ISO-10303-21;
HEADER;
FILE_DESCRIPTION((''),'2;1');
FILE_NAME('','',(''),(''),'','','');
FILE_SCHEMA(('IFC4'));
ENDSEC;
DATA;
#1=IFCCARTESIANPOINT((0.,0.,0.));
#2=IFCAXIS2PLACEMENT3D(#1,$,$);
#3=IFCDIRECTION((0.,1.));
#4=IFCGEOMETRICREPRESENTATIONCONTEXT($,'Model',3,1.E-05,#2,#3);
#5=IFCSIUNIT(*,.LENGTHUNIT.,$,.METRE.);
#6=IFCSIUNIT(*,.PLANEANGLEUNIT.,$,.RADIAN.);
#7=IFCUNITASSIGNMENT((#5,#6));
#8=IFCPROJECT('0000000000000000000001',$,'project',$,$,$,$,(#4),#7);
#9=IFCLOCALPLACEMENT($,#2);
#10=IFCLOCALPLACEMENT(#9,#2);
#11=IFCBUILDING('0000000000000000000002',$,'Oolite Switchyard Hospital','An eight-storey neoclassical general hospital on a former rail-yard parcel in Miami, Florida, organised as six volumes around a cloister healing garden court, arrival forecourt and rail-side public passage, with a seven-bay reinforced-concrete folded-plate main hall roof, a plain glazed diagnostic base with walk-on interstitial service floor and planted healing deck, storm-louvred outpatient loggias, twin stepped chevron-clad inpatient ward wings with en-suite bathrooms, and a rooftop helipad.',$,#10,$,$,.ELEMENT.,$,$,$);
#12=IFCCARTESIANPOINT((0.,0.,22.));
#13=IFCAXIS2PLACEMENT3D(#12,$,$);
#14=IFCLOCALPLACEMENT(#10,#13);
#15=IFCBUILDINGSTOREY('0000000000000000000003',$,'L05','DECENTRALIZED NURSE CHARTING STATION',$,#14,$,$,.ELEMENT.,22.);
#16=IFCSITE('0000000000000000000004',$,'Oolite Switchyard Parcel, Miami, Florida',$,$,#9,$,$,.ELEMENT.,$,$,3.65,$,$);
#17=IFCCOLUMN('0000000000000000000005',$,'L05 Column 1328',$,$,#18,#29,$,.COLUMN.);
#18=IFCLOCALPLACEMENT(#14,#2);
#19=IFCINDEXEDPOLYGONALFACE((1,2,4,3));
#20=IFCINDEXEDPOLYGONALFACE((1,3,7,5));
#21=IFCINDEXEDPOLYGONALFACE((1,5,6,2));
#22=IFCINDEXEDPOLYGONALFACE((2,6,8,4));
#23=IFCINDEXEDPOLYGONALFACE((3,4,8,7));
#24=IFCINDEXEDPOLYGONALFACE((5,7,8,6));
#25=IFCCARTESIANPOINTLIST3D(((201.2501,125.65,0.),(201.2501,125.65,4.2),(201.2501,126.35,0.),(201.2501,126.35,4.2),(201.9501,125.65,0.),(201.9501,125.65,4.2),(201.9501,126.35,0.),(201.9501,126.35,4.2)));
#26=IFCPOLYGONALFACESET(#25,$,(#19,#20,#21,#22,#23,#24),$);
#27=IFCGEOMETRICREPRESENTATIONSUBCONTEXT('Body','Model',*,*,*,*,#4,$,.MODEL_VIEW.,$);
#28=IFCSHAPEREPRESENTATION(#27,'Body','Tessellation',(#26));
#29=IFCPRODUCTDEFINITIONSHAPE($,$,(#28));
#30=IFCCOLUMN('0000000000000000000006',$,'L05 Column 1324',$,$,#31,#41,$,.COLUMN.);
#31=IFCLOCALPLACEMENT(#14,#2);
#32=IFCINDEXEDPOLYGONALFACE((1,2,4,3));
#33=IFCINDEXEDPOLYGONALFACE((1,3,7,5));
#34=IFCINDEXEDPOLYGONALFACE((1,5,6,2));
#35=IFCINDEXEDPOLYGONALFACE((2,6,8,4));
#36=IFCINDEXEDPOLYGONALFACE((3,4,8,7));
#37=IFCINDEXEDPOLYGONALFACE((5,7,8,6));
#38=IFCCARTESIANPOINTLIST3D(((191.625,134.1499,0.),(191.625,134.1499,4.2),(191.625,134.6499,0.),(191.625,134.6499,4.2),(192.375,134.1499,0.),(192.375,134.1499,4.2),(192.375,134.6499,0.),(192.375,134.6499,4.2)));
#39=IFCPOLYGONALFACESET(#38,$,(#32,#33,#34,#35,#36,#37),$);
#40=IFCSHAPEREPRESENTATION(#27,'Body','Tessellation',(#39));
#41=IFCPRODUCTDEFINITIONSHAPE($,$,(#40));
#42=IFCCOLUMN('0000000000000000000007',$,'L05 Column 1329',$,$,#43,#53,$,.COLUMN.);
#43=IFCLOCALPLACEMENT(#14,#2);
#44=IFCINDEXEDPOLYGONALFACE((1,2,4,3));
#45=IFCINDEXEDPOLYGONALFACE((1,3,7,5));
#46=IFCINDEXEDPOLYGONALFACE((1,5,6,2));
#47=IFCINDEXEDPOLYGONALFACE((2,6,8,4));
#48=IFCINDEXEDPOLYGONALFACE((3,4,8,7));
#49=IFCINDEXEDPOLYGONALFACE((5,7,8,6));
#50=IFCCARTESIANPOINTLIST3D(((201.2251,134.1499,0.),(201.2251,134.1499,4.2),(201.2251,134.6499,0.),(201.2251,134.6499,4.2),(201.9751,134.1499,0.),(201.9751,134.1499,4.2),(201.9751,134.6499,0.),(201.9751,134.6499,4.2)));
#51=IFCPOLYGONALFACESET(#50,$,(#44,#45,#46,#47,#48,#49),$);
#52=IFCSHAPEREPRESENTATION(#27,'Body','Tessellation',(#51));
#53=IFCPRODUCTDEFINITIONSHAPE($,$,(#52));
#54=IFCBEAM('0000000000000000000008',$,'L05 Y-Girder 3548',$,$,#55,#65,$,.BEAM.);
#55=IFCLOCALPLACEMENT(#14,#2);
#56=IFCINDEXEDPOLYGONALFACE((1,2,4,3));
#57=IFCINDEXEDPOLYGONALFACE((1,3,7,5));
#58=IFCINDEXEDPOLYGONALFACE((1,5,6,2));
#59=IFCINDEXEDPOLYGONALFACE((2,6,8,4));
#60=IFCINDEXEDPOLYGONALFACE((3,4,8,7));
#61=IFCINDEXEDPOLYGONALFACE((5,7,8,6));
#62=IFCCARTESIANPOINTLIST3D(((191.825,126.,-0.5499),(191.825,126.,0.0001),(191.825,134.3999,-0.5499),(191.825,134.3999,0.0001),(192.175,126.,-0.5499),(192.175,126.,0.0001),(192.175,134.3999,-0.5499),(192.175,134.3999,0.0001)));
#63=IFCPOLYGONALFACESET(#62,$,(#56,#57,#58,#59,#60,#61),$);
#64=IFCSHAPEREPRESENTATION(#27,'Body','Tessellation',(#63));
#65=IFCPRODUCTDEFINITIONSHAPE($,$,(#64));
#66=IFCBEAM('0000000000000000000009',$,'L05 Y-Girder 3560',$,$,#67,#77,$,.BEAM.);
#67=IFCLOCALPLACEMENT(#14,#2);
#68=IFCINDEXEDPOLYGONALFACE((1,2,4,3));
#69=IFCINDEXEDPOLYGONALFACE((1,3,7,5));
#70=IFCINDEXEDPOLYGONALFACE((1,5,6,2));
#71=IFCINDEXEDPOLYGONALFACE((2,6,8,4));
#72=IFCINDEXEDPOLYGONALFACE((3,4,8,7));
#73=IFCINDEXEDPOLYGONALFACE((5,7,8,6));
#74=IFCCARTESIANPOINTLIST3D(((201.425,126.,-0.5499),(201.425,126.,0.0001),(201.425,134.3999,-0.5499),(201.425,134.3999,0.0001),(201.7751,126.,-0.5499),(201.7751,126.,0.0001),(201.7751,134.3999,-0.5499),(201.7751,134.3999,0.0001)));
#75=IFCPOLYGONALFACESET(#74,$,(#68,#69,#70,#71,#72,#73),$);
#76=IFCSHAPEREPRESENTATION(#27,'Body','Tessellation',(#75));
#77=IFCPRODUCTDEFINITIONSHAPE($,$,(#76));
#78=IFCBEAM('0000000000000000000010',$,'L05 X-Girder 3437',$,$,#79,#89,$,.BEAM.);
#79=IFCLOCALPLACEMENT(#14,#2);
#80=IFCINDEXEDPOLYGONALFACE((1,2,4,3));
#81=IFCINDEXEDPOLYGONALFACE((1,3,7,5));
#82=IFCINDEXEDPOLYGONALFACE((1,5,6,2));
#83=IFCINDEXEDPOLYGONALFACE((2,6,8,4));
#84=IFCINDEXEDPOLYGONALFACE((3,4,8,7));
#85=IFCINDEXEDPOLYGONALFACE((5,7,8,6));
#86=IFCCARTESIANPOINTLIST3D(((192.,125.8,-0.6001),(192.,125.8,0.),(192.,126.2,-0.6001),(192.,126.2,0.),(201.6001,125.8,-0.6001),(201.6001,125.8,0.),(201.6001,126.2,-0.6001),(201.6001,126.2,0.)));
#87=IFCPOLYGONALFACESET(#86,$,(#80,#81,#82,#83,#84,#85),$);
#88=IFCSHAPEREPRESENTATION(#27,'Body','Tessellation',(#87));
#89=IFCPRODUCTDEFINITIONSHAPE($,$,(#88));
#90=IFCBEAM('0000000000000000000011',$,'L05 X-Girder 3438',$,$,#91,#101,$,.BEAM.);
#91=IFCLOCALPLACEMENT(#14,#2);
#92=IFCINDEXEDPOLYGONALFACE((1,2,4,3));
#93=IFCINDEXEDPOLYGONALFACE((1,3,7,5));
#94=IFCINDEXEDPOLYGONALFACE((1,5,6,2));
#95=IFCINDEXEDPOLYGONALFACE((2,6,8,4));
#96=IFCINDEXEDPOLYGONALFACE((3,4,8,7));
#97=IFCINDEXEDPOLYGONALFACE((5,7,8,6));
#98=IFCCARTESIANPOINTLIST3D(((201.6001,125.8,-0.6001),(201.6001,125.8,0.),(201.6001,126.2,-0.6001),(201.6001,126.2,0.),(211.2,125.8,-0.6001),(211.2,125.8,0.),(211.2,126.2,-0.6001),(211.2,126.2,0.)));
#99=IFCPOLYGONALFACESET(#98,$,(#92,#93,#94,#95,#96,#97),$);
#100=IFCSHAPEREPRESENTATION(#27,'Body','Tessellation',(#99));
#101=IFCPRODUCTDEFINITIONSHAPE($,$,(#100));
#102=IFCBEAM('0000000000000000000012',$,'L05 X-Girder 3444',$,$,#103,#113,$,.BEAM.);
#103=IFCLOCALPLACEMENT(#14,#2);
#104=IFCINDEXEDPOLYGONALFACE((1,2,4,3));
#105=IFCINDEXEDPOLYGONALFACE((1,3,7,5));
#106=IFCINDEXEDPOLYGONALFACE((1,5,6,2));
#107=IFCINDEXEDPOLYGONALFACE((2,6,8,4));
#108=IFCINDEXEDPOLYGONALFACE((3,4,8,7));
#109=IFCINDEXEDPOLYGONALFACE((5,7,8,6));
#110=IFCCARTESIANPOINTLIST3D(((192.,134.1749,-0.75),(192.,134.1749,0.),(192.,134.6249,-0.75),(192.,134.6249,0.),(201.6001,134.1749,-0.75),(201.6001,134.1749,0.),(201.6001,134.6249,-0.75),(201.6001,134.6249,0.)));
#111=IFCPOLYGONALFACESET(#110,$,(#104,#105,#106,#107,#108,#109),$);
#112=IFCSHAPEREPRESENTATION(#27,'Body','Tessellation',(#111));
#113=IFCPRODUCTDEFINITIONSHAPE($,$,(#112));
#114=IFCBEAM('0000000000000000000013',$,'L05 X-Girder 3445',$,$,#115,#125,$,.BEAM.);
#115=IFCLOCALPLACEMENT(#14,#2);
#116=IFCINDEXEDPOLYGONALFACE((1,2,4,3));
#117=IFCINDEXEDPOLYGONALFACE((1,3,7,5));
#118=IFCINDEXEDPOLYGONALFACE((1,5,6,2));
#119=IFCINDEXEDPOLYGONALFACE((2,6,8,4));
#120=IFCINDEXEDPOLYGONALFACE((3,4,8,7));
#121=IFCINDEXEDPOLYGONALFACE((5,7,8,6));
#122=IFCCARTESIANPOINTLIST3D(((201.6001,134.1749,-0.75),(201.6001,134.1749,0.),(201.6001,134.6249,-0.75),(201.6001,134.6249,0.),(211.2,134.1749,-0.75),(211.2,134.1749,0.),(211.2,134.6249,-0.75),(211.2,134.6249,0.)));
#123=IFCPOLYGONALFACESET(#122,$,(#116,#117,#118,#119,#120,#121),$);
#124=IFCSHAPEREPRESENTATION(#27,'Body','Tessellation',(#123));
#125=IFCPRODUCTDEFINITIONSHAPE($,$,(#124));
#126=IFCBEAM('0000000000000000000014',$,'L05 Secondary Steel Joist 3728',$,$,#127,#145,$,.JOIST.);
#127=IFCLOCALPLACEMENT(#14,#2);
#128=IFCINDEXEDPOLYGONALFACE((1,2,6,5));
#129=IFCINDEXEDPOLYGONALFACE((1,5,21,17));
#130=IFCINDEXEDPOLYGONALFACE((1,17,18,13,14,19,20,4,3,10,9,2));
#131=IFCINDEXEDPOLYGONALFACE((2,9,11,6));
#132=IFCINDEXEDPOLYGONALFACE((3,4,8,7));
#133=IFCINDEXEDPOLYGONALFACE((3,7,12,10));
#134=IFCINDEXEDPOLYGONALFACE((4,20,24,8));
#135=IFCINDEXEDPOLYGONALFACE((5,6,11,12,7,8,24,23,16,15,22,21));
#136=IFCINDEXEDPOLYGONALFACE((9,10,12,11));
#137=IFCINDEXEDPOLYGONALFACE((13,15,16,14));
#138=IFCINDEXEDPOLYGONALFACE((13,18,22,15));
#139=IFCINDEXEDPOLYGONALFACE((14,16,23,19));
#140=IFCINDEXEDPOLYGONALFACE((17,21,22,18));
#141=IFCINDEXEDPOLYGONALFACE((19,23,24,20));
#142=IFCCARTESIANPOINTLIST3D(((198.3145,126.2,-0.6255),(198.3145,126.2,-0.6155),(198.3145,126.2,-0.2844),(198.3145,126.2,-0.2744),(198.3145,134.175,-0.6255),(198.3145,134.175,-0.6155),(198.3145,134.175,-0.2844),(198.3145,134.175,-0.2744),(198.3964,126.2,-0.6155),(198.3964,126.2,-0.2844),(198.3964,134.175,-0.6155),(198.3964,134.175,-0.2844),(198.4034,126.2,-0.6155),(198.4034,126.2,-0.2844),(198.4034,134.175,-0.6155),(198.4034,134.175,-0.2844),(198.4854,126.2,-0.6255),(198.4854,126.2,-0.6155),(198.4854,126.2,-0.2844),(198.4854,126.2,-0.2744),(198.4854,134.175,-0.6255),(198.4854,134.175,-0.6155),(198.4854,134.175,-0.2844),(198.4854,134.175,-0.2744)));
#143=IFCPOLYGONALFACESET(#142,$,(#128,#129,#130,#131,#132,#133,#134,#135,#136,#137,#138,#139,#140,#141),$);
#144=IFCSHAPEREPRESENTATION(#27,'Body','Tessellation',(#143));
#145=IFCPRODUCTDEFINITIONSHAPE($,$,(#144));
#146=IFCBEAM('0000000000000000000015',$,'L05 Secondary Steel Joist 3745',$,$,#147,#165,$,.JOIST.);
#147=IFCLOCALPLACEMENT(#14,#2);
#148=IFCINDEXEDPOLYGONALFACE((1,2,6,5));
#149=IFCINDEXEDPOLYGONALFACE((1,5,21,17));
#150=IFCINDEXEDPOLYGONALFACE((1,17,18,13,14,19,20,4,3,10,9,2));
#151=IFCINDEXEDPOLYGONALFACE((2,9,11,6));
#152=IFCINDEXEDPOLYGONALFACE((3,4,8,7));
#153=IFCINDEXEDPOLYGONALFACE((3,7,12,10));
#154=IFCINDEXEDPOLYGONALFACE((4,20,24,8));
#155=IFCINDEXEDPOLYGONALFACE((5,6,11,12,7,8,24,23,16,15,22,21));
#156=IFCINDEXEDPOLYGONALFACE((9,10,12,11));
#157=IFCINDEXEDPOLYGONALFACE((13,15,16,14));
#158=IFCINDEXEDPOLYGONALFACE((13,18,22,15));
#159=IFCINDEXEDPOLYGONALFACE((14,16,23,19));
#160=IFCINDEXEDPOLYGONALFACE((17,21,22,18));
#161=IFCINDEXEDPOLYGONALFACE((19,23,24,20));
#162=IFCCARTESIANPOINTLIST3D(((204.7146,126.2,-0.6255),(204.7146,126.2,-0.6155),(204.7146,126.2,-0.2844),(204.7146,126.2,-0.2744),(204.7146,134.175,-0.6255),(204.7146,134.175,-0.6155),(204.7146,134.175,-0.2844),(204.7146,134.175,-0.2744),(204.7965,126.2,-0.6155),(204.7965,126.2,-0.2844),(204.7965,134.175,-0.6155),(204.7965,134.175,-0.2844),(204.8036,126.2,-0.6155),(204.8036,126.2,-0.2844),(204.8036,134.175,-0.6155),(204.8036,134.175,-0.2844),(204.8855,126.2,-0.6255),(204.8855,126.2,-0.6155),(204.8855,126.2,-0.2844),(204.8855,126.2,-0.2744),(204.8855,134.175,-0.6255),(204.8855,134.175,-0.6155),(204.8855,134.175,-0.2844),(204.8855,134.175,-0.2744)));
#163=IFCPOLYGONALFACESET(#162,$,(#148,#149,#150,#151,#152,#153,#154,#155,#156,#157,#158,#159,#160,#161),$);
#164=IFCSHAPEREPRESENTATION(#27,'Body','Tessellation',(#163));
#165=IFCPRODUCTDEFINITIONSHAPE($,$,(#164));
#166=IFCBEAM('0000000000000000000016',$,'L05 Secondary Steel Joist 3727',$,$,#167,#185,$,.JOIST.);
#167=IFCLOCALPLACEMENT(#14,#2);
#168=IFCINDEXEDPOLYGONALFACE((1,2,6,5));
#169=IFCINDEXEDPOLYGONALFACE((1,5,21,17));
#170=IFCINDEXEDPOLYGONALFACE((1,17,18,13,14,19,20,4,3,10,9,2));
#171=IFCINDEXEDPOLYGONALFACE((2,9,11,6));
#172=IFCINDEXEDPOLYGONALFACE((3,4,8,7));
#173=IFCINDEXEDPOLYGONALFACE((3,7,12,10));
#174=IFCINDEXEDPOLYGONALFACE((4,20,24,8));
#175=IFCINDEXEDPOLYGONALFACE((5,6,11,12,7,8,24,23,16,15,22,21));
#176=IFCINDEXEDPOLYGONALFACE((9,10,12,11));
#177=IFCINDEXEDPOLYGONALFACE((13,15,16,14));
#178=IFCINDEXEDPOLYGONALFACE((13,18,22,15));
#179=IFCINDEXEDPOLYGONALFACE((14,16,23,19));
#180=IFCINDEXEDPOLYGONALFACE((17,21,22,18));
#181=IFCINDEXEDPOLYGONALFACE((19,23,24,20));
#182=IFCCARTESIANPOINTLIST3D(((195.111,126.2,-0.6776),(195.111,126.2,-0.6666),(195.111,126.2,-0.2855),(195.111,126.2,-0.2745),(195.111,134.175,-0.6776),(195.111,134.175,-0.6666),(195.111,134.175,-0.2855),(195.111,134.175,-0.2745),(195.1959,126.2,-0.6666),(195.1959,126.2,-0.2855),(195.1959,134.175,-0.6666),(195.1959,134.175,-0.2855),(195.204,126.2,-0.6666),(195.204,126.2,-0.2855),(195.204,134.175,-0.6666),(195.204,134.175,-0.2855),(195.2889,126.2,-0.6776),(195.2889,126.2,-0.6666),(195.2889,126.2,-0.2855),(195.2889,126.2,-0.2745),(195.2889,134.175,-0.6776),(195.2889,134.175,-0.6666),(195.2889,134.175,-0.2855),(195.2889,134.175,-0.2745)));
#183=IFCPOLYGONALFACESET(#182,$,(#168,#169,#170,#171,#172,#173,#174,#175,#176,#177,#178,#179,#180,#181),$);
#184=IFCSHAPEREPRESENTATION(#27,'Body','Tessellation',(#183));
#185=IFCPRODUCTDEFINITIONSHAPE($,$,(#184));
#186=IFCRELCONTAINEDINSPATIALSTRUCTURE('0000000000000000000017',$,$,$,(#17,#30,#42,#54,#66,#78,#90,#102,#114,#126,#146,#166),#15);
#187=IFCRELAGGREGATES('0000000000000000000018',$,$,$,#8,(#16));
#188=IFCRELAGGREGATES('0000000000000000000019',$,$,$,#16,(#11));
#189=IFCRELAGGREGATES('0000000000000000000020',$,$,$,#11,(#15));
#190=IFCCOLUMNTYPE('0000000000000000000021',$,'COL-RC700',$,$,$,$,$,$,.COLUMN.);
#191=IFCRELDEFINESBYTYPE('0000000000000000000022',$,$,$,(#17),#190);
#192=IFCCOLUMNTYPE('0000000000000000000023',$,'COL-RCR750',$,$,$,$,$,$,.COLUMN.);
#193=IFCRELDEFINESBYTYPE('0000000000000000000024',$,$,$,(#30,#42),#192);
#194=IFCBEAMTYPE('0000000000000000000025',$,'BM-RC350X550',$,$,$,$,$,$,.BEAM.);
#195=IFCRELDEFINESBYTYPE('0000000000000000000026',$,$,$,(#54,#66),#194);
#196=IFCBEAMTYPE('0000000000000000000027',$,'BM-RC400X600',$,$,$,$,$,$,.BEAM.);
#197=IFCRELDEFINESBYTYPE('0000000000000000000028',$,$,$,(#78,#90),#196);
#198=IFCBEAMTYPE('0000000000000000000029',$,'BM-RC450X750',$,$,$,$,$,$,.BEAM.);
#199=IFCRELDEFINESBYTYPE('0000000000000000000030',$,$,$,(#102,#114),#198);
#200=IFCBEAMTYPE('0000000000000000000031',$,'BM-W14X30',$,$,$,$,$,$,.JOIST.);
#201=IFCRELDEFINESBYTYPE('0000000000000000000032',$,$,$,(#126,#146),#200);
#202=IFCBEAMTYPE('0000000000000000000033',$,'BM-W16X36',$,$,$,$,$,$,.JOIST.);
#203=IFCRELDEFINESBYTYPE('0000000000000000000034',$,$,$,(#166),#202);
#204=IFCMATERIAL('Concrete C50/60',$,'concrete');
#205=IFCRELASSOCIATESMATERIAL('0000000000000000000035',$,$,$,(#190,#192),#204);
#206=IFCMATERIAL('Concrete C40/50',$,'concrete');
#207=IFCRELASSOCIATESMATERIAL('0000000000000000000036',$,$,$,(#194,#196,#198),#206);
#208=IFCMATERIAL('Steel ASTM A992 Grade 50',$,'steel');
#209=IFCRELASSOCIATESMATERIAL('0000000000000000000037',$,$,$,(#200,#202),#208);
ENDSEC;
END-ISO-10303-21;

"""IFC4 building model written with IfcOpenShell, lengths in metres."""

from ifc_helpers import new_model, si_unit, direction, frame, origin, origin_2d, place, context, subcontext, project, spatial, rectangle, i_section, extrude, material, material_profile, profile_set, type_object, element, save


model = new_model("IFC4")

# Units and contexts
model_context = context("Model", 3, precision=1e-05, world=origin(), true_north=direction((0.0, 1.0)))
body_context = subcontext(model_context, "Body", "Model", "MODEL_VIEW")
ifc_project = project(units=[si_unit("LENGTHUNIT", "METRE"), si_unit("PLANEANGLEUNIT", "RADIAN")], contexts=[model_context])

# Site, building, storey
site_placement = place(None, origin())
site = spatial("IfcSite", under=ifc_project, at=site_placement, Name="Oolite Switchyard Parcel, Miami, Florida", CompositionType="ELEMENT", RefElevation=3.65)
building_placement = place(site_placement, origin())
building = spatial("IfcBuilding", under=site, at=building_placement, Name="Oolite Switchyard Hospital", Description="An eight-storey neoclassical general hospital on a former rail-yard parcel in Miami, Florida, organised as six volumes around a cloister healing garden court, arrival forecourt and rail-side public passage, with a seven-bay reinforced-concrete folded-plate main hall roof, a plain glazed diagnostic base with walk-on interstitial service floor and planted healing deck, storm-louvred outpatient loggias, twin stepped chevron-clad inpatient ward wings with en-suite bathrooms, and a rooftop helipad.", CompositionType="ELEMENT")
storey_placement = place(building_placement, frame((0.0, 0.0, 22.0)))
storey = spatial("IfcBuildingStorey", under=building, at=storey_placement, Name="L05", Description="DECENTRALIZED NURSE CHARTING STATION", CompositionType="ELEMENT", Elevation=22.0)

# Columns
ifc_material_1 = material(Name="Concrete C50/60", Category="concrete")
ifc_material_profile_1 = material_profile(ifc_material_1, rectangle(XDim=0.7, YDim=0.7, at=origin_2d()), Name="RC700X700")
ifc_profile_set_1 = profile_set([ifc_material_profile_1], Name="Concrete C50/60")
column_type_1 = type_object("IfcColumnType", Name="COL-RC700", PredefinedType="COLUMN", material=ifc_profile_set_1)
column_placement = place(storey_placement, frame((201.6001, 126.0, 0.0), z_axis=(0.0, 0.0, 1.0), x_axis=(1.0, 0.0, 0.0)))
element("IfcColumn", 1, at=column_placement, inside=storey, type_object=column_type_1, Name="L05 Column 1328", PredefinedType="COLUMN", context=body_context, shape_type="SweptSolid", body=[
    extrude(rectangle(XDim=0.7, YDim=0.7, at=origin_2d()), origin(), (0.0, 0.0, 1.0), 4.2),
])
ifc_material_profile_2 = material_profile(ifc_material_1, rectangle(XDim=0.75, YDim=0.5, at=origin_2d()), Name="RC750X500")
ifc_profile_set_2 = profile_set([ifc_material_profile_2], Name="Concrete C50/60")
column_type_2 = type_object("IfcColumnType", Name="COL-RCR750", PredefinedType="COLUMN", material=ifc_profile_set_2)
for number, where, z_axis, x_axis, name in (
    (2, (192.0, 134.3999, 0.0), (0.0, 0.0, 1.0), (1.0, 0.0, 0.0), "L05 Column 1324"),
    (3, (201.6001, 134.3999, 0.0), (0.0, 0.0, 1.0), (1.0, 0.0, 0.0), "L05 Column 1329"),
):
    element("IfcColumn", number, at=place(storey_placement, frame(where, z_axis=z_axis, x_axis=x_axis)), inside=storey, type_object=column_type_2, Name=name, PredefinedType="COLUMN", context=body_context, shape_type="SweptSolid", body=[
        extrude(rectangle(XDim=0.75, YDim=0.5, at=origin_2d()), origin(), (0.0, 0.0, 1.0), 4.2),
    ])

# Beams
ifc_material_2 = material(Name="Concrete C40/50", Category="concrete")
ifc_material_profile_3 = material_profile(ifc_material_2, rectangle(XDim=0.3501, YDim=0.55, at=origin_2d()), Name="RCB350X550")
ifc_profile_set_3 = profile_set([ifc_material_profile_3], Name="Concrete C40/50")
beam_type_1 = type_object("IfcBeamType", Name="BM-RC350X550", PredefinedType="BEAM", material=ifc_profile_set_3)
for number, where, z_axis, x_axis, name in (
    (4, (192.0, 126.0, -0.2749), (0.0, 1.0, 0.0), (-1.0, 0.0, 0.0), "L05 Y-Girder 3548"),
    (5, (201.6001, 126.0, -0.2749), (0.0, 1.0, 0.0), (-1.0, 0.0, 0.0), "L05 Y-Girder 3560"),
):
    element("IfcBeam", number, at=place(storey_placement, frame(where, z_axis=z_axis, x_axis=x_axis)), inside=storey, type_object=beam_type_1, Name=name, PredefinedType="BEAM", context=body_context, shape_type="SweptSolid", body=[
        extrude(rectangle(XDim=0.3501, YDim=0.55, at=origin_2d()), origin(), (0.0, 0.0, 1.0), 8.3999),
    ])
ifc_material_profile_4 = material_profile(ifc_material_2, rectangle(XDim=0.3999, YDim=0.6001, at=origin_2d()), Name="RCB400X600")
ifc_profile_set_4 = profile_set([ifc_material_profile_4], Name="Concrete C40/50")
beam_type_2 = type_object("IfcBeamType", Name="BM-RC400X600", PredefinedType="BEAM", material=ifc_profile_set_4)
beam_1_placement = place(storey_placement, frame((192.0, 126.0, -0.3), z_axis=(1.0, 0.0, 0.0), x_axis=(0.0, 1.0, 0.0)))
element("IfcBeam", 6, at=beam_1_placement, inside=storey, type_object=beam_type_2, Name="L05 X-Girder 3437", PredefinedType="BEAM", context=body_context, shape_type="SweptSolid", body=[
    extrude(rectangle(XDim=0.3999, YDim=0.6001, at=origin_2d()), origin(), (0.0, 0.0, 1.0), 9.6001),
])
beam_2_placement = place(storey_placement, frame((201.6001, 126.0, -0.3), z_axis=(1.0, 0.0, 0.0), x_axis=(0.0, 1.0, 0.0)))
element("IfcBeam", 7, at=beam_2_placement, inside=storey, type_object=beam_type_2, Name="L05 X-Girder 3438", PredefinedType="BEAM", context=body_context, shape_type="SweptSolid", body=[
    extrude(rectangle(XDim=0.3999, YDim=0.6001, at=origin_2d()), origin(), (0.0, 0.0, 1.0), 9.5999),
])
ifc_material_profile_5 = material_profile(ifc_material_2, rectangle(XDim=0.45, YDim=0.75, at=origin_2d()), Name="RCB450X750")
ifc_profile_set_5 = profile_set([ifc_material_profile_5], Name="Concrete C40/50")
beam_type_3 = type_object("IfcBeamType", Name="BM-RC450X750", PredefinedType="BEAM", material=ifc_profile_set_5)
beam_3_placement = place(storey_placement, frame((192.0, 134.3999, -0.375), z_axis=(1.0, 0.0, 0.0), x_axis=(0.0, 1.0, 0.0)))
element("IfcBeam", 8, at=beam_3_placement, inside=storey, type_object=beam_type_3, Name="L05 X-Girder 3444", PredefinedType="BEAM", context=body_context, shape_type="SweptSolid", body=[
    extrude(rectangle(XDim=0.45, YDim=0.75, at=origin_2d()), origin(), (0.0, 0.0, 1.0), 9.6001),
])
beam_4_placement = place(storey_placement, frame((201.6001, 134.3999, -0.375), z_axis=(1.0, 0.0, 0.0), x_axis=(0.0, 1.0, 0.0)))
element("IfcBeam", 9, at=beam_4_placement, inside=storey, type_object=beam_type_3, Name="L05 X-Girder 3445", PredefinedType="BEAM", context=body_context, shape_type="SweptSolid", body=[
    extrude(rectangle(XDim=0.45, YDim=0.75, at=origin_2d()), origin(), (0.0, 0.0, 1.0), 9.5999),
])
ifc_material_3 = material(Name="Steel ASTM A992 Grade 50", Category="steel")
ifc_material_profile_6 = material_profile(ifc_material_3, i_section(OverallWidth=0.1709, OverallDepth=0.3511, WebThickness=0.0071, FlangeThickness=0.01, at=origin_2d()), Name="W14X30")
ifc_profile_set_6 = profile_set([ifc_material_profile_6], Name="Steel ASTM A992 Grade 50")
beam_type_4 = type_object("IfcBeamType", Name="BM-W14X30", PredefinedType="JOIST", material=ifc_profile_set_6)
for number, where, z_axis, x_axis, name in (
    (10, (198.3999, 126.2, -0.45), (0.0, 1.0, 0.0), (-1.0, 0.0, 0.0), "L05 Secondary Steel Joist 3728"),
    (11, (204.8, 126.2, -0.45), (0.0, 1.0, 0.0), (-1.0, 0.0, 0.0), "L05 Secondary Steel Joist 3745"),
):
    element("IfcBeam", number, at=place(storey_placement, frame(where, z_axis=z_axis, x_axis=x_axis)), inside=storey, type_object=beam_type_4, Name=name, PredefinedType="JOIST", context=body_context, shape_type="SweptSolid", body=[
        extrude(i_section(OverallWidth=0.1709, OverallDepth=0.3511, WebThickness=0.0071, FlangeThickness=0.01, at=origin_2d()), origin(), (0.0, 0.0, 1.0), 7.9751),
    ])
ifc_material_profile_7 = material_profile(ifc_material_3, i_section(OverallWidth=0.178, OverallDepth=0.4031, WebThickness=0.0081, FlangeThickness=0.011, at=origin_2d()), Name="W16X36")
ifc_profile_set_7 = profile_set([ifc_material_profile_7], Name="Steel ASTM A992 Grade 50")
beam_type_5 = type_object("IfcBeamType", Name="BM-W16X36", PredefinedType="JOIST", material=ifc_profile_set_7)
beam_5_placement = place(storey_placement, frame((195.2, 126.2, -0.4761), z_axis=(0.0, 1.0, 0.0), x_axis=(-1.0, 0.0, 0.0)))
element("IfcBeam", 12, at=beam_5_placement, inside=storey, type_object=beam_type_5, Name="L05 Secondary Steel Joist 3727", PredefinedType="JOIST", context=body_context, shape_type="SweptSolid", body=[
    extrude(i_section(OverallWidth=0.178, OverallDepth=0.4031, WebThickness=0.0081, FlangeThickness=0.011, at=origin_2d()), origin(), (0.0, 0.0, 1.0), 7.9751),
])

save(model, "model.ifc")
